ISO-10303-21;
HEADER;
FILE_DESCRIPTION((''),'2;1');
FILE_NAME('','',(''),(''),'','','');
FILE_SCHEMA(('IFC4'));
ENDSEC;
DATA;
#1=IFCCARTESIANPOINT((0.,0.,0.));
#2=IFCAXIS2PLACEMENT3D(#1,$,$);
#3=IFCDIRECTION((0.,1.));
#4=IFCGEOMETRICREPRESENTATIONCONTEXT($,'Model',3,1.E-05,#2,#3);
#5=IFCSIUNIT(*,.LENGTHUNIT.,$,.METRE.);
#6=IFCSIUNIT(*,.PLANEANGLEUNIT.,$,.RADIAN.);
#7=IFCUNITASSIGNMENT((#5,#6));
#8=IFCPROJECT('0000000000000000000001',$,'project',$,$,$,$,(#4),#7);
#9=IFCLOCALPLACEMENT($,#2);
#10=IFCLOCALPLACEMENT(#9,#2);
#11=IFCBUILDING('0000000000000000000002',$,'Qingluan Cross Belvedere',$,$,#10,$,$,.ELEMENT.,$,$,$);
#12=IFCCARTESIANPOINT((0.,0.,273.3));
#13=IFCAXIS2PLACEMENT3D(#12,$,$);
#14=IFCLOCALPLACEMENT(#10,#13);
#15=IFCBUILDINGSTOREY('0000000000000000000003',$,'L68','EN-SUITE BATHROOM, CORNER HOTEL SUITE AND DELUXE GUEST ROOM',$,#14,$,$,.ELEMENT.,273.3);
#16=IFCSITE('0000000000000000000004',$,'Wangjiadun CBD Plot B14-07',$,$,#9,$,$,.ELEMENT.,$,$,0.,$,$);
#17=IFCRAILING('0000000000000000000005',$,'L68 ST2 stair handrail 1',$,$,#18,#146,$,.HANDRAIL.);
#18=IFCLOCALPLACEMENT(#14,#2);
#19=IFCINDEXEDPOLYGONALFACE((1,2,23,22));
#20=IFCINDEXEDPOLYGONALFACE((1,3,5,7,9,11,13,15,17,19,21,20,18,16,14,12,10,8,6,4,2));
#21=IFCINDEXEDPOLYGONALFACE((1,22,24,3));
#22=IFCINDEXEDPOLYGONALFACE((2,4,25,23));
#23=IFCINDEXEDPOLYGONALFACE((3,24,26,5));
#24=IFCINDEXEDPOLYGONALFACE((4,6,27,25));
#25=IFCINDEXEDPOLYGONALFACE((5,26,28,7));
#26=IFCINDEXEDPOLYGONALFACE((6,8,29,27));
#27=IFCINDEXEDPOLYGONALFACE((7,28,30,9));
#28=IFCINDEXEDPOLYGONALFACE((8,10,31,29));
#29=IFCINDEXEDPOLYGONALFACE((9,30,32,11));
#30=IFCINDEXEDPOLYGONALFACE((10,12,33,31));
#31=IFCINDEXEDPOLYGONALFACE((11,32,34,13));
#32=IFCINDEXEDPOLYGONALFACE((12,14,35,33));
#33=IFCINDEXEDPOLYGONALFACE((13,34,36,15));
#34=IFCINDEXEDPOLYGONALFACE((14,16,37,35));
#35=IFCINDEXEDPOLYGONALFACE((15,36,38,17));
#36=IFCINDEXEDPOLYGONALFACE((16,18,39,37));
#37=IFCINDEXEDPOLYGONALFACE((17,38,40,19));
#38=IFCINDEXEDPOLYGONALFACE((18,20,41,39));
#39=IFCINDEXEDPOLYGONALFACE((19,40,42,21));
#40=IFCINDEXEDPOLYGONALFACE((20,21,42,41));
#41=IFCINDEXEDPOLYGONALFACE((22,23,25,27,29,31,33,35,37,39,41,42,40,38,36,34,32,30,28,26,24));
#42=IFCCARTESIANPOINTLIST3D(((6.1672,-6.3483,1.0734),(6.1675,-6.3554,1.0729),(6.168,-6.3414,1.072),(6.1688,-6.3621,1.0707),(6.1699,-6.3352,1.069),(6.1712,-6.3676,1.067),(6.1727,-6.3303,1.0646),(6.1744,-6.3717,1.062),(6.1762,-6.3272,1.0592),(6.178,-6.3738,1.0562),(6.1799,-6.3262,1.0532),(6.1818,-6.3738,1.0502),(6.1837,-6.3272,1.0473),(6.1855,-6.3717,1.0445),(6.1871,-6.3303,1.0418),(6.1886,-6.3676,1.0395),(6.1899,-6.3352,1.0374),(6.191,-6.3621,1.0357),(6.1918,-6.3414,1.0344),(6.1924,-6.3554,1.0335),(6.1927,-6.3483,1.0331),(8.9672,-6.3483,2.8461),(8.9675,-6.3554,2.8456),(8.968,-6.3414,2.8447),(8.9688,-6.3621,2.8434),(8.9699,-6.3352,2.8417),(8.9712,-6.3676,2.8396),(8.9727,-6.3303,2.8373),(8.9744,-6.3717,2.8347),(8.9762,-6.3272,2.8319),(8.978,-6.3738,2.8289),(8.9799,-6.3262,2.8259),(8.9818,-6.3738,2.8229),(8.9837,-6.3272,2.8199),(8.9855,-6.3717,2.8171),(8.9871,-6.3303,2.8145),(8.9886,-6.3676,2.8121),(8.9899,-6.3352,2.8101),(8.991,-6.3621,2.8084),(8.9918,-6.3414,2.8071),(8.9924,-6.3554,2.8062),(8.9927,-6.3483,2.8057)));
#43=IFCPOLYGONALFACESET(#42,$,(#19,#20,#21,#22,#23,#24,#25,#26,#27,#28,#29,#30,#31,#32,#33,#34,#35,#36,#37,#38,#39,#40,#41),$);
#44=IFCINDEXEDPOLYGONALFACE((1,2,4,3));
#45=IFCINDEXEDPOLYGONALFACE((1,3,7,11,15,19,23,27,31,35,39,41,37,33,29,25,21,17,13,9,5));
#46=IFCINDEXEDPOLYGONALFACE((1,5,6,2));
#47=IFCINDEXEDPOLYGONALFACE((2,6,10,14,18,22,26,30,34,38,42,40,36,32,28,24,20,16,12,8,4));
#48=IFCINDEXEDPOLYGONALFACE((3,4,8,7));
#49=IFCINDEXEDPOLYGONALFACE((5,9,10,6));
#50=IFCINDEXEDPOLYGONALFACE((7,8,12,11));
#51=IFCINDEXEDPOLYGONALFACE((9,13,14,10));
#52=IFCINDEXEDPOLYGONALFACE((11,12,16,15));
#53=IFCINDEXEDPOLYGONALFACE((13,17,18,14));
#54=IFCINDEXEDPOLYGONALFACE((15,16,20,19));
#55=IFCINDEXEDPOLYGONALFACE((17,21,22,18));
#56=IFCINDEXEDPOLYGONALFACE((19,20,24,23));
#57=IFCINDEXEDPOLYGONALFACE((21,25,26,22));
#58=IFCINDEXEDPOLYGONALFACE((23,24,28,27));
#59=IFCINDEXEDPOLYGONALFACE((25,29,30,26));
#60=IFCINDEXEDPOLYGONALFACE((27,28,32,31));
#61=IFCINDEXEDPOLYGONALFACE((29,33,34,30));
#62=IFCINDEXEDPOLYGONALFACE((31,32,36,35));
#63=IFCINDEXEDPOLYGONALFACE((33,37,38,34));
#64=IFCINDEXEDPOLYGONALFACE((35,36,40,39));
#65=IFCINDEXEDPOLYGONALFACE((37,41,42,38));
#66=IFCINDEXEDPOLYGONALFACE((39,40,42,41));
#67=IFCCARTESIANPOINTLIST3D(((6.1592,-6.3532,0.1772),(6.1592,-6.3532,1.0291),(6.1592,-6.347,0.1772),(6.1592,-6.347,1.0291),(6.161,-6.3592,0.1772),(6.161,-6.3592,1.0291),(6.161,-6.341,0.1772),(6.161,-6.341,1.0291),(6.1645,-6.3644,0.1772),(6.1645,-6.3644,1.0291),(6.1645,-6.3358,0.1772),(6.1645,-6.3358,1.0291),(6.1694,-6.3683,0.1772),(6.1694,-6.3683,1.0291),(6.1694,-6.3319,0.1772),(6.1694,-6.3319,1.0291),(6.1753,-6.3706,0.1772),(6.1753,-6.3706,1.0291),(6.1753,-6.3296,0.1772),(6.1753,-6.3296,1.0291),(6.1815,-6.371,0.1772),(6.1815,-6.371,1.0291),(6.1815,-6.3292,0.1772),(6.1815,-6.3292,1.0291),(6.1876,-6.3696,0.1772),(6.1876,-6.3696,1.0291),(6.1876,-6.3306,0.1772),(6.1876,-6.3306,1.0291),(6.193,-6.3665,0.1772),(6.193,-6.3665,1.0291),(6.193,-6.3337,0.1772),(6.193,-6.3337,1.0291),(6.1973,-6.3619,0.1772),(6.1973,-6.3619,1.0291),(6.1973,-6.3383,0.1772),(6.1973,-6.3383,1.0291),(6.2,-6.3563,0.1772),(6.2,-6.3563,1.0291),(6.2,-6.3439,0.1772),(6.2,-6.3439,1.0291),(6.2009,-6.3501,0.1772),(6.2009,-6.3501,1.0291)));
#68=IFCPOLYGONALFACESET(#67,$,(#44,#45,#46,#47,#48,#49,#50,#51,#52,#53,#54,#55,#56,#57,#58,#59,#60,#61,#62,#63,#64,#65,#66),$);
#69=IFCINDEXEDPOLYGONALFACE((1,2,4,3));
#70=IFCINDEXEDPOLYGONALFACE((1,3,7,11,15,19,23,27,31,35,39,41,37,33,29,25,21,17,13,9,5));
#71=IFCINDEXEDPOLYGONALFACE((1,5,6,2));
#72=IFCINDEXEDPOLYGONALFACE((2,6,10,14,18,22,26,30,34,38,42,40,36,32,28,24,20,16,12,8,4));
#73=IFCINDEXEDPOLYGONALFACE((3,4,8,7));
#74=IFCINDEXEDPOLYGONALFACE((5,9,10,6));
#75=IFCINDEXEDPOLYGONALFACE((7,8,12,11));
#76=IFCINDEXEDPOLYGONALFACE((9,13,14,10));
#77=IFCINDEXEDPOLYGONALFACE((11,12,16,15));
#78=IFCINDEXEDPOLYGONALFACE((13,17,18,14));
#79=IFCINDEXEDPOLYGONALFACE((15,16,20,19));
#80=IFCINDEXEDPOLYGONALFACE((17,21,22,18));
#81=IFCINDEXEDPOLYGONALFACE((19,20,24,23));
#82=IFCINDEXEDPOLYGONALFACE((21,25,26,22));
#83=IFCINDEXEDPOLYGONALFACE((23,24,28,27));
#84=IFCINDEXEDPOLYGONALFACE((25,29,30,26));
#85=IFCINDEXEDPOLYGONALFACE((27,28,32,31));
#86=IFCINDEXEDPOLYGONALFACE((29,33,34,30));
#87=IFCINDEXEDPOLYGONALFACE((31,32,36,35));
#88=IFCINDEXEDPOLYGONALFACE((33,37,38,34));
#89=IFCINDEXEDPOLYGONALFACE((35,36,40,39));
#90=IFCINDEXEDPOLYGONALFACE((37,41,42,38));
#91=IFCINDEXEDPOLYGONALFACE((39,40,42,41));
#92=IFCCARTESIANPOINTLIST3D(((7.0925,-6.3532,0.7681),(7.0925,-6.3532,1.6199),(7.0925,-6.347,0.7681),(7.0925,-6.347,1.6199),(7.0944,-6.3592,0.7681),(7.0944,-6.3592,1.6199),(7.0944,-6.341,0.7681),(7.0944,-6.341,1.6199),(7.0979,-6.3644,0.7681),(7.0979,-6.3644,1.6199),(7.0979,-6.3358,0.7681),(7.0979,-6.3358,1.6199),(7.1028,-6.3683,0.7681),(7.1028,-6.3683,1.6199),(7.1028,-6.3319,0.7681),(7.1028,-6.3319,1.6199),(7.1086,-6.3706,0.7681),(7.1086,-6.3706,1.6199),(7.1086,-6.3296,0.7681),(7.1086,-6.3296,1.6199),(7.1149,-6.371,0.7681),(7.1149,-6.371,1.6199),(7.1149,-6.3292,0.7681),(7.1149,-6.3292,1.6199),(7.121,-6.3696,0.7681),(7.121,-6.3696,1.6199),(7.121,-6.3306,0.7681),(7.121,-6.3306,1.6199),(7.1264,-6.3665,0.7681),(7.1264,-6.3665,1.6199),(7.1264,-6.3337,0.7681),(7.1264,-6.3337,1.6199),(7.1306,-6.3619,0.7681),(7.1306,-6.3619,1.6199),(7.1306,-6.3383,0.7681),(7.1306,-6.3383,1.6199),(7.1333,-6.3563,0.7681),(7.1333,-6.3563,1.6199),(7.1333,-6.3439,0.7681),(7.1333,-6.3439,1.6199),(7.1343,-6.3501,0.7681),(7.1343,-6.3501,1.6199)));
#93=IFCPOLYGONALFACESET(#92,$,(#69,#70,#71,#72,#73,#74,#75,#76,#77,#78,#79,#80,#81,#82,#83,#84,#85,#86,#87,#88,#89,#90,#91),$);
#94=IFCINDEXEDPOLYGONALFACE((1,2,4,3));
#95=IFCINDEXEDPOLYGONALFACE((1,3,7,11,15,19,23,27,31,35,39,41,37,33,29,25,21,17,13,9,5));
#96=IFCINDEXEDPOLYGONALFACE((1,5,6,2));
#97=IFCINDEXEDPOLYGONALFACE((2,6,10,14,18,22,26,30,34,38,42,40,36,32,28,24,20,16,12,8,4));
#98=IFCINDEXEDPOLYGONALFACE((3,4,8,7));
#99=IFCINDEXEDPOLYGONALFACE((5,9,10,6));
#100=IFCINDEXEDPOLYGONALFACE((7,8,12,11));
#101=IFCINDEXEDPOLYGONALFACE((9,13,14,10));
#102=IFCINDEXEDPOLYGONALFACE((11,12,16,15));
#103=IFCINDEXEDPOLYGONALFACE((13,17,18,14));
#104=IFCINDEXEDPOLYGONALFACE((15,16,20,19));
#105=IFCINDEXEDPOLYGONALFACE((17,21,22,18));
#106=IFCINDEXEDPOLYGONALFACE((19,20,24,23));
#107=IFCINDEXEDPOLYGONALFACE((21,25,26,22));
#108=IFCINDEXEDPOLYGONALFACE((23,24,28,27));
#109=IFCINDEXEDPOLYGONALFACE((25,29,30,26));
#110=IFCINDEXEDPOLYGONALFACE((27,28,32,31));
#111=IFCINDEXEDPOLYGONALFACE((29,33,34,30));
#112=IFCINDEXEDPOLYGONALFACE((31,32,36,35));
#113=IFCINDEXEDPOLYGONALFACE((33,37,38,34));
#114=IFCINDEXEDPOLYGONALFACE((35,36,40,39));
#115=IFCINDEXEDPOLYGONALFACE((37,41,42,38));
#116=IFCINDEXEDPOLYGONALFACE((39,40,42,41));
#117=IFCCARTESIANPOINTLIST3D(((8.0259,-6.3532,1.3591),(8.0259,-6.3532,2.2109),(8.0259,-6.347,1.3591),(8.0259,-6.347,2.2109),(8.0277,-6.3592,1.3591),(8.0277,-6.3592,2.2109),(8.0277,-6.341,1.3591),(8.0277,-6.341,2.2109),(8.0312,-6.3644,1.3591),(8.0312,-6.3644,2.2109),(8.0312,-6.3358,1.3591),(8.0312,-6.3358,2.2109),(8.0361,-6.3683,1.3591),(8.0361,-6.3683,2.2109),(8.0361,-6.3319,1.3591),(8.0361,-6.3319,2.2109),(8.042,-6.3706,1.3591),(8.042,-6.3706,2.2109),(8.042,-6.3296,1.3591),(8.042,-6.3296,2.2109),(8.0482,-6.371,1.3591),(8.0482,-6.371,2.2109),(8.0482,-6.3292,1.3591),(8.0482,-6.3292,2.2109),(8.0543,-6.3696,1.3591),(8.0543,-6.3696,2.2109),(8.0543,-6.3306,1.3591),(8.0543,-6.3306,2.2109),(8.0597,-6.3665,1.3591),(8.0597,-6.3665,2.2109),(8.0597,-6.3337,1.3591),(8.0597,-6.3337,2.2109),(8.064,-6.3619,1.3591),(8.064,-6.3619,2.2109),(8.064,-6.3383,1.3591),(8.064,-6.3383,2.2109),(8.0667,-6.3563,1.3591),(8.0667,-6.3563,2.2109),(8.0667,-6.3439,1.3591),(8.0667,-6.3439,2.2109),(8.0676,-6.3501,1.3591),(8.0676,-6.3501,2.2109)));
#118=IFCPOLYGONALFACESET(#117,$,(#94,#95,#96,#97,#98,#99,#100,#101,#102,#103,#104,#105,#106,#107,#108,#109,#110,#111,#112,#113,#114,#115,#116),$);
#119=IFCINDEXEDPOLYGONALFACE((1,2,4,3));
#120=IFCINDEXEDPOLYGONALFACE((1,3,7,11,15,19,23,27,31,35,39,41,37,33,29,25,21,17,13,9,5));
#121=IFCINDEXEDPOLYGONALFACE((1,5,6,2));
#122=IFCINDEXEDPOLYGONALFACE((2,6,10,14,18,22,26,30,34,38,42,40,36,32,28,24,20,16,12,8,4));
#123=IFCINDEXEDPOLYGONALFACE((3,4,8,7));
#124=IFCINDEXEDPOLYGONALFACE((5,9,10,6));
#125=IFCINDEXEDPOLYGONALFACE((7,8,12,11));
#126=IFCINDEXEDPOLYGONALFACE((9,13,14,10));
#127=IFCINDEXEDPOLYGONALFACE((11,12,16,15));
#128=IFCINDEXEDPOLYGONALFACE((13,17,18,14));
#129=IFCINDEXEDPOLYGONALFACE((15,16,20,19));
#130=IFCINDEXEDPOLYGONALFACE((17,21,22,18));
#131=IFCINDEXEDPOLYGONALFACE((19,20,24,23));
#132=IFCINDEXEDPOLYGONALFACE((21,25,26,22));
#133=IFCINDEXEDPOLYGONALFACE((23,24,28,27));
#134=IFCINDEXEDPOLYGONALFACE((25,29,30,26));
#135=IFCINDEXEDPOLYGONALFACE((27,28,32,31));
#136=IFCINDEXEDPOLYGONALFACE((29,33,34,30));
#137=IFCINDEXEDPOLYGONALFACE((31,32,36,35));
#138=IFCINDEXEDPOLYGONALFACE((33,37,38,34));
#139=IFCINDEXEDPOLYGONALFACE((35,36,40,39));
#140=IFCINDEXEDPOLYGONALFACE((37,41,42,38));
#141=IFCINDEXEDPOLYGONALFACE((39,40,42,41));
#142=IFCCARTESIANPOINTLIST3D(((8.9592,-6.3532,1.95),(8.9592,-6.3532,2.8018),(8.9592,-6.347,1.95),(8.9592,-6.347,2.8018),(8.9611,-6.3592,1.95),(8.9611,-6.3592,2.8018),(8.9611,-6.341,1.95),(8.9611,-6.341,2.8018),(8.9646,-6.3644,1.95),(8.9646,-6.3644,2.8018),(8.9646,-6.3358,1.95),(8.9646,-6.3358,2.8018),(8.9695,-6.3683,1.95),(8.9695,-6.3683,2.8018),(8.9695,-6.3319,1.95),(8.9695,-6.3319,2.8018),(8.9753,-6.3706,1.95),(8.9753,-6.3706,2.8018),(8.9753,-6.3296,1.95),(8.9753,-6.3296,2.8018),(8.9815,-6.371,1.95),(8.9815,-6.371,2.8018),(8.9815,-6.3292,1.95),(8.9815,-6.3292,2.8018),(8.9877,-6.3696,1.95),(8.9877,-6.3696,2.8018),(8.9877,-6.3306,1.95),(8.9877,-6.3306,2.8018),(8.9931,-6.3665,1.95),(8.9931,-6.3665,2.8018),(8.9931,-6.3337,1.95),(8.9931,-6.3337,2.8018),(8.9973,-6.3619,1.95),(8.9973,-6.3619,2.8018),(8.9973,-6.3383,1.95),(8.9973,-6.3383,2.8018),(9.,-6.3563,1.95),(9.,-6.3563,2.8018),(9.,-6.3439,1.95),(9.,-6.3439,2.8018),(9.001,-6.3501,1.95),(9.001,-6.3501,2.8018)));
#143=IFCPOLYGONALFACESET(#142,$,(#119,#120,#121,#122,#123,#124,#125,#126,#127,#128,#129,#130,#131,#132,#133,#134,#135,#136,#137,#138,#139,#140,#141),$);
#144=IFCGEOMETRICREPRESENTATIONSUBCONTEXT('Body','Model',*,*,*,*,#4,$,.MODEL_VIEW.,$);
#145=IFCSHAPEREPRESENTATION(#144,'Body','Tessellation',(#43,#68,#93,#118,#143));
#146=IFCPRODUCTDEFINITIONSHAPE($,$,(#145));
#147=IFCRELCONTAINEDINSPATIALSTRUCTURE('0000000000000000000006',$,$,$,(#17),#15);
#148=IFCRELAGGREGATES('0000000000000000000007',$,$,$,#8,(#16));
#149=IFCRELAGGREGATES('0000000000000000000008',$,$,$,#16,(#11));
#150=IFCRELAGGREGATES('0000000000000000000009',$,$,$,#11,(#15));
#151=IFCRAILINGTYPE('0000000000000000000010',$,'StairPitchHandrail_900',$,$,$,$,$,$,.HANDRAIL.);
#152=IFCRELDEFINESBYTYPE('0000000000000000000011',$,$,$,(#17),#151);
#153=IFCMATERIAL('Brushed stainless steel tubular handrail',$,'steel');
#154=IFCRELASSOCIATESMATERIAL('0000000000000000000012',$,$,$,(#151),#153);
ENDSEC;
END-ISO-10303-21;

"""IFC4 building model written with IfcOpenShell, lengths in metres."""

from ifc_helpers import new_model, si_unit, direction, frame, origin, origin_2d, place, context, subcontext, project, spatial, circle, extrude, material, type_object, element, save


model = new_model("IFC4")

# Units and contexts
model_context = context("Model", 3, precision=1e-05, world=origin(), true_north=direction((0.0, 1.0)))
body_context = subcontext(model_context, "Body", "Model", "MODEL_VIEW")
ifc_project = project(units=[si_unit("LENGTHUNIT", "METRE"), si_unit("PLANEANGLEUNIT", "RADIAN")], contexts=[model_context])

# Site, building, storey
site_placement = place(None, origin())
site = spatial("IfcSite", under=ifc_project, at=site_placement, Name="Wangjiadun CBD Plot B14-07", CompositionType="ELEMENT", RefElevation=0.0)
building_placement = place(site_placement, origin())
building = spatial("IfcBuilding", under=site, at=building_placement, Name="Qingluan Cross Belvedere", CompositionType="ELEMENT")
storey_placement = place(building_placement, frame((0.0, 0.0, 273.3)))
storey = spatial("IfcBuildingStorey", under=building, at=storey_placement, Name="L68", Description="EN-SUITE BATHROOM, CORNER HOTEL SUITE AND DELUXE GUEST ROOM", CompositionType="ELEMENT", Elevation=273.3)

# Railing
ifc_material_1 = material(Name="Brushed stainless steel tubular handrail", Category="steel")
railing_type_1 = type_object("IfcRailingType", Name="StairPitchHandrail_900", PredefinedType="HANDRAIL", material=ifc_material_1)
railing_1_placement = place(storey_placement, frame((6.1799, -6.3501, 0.1772)))
element("IfcRailing", 1, at=railing_1_placement, inside=storey, type_object=railing_type_1, Name="L68 ST2 stair handrail 1", PredefinedType="HANDRAIL", context=body_context, shape_type="SweptSolid", body=[
    extrude(circle(Radius=0.0239, at=origin_2d()), frame((0.0, 0.0, 0.876), z_axis=(0.844909, 0.0, 0.53491), x_axis=(0.0, 1.0, 0.0)), (0.0, 0.0, 1.0), 3.314),
    extrude(circle(Radius=0.021, at=origin_2d()), origin(), (0.0, 0.0, 1.0), 0.8518),
    extrude(circle(Radius=0.021, at=origin_2d()), frame((0.9333, 0.0, 0.5908)), (0.0, 0.0, 1.0), 0.8518),
    extrude(circle(Radius=0.021, at=origin_2d()), frame((1.8667, 0.0, 1.1819)), (0.0, 0.0, 1.0), 0.8518),
    extrude(circle(Radius=0.021, at=origin_2d()), frame((2.8, 0.0, 1.7727)), (0.0, 0.0, 1.0), 0.8518),
])

save(model, "model.ifc")
